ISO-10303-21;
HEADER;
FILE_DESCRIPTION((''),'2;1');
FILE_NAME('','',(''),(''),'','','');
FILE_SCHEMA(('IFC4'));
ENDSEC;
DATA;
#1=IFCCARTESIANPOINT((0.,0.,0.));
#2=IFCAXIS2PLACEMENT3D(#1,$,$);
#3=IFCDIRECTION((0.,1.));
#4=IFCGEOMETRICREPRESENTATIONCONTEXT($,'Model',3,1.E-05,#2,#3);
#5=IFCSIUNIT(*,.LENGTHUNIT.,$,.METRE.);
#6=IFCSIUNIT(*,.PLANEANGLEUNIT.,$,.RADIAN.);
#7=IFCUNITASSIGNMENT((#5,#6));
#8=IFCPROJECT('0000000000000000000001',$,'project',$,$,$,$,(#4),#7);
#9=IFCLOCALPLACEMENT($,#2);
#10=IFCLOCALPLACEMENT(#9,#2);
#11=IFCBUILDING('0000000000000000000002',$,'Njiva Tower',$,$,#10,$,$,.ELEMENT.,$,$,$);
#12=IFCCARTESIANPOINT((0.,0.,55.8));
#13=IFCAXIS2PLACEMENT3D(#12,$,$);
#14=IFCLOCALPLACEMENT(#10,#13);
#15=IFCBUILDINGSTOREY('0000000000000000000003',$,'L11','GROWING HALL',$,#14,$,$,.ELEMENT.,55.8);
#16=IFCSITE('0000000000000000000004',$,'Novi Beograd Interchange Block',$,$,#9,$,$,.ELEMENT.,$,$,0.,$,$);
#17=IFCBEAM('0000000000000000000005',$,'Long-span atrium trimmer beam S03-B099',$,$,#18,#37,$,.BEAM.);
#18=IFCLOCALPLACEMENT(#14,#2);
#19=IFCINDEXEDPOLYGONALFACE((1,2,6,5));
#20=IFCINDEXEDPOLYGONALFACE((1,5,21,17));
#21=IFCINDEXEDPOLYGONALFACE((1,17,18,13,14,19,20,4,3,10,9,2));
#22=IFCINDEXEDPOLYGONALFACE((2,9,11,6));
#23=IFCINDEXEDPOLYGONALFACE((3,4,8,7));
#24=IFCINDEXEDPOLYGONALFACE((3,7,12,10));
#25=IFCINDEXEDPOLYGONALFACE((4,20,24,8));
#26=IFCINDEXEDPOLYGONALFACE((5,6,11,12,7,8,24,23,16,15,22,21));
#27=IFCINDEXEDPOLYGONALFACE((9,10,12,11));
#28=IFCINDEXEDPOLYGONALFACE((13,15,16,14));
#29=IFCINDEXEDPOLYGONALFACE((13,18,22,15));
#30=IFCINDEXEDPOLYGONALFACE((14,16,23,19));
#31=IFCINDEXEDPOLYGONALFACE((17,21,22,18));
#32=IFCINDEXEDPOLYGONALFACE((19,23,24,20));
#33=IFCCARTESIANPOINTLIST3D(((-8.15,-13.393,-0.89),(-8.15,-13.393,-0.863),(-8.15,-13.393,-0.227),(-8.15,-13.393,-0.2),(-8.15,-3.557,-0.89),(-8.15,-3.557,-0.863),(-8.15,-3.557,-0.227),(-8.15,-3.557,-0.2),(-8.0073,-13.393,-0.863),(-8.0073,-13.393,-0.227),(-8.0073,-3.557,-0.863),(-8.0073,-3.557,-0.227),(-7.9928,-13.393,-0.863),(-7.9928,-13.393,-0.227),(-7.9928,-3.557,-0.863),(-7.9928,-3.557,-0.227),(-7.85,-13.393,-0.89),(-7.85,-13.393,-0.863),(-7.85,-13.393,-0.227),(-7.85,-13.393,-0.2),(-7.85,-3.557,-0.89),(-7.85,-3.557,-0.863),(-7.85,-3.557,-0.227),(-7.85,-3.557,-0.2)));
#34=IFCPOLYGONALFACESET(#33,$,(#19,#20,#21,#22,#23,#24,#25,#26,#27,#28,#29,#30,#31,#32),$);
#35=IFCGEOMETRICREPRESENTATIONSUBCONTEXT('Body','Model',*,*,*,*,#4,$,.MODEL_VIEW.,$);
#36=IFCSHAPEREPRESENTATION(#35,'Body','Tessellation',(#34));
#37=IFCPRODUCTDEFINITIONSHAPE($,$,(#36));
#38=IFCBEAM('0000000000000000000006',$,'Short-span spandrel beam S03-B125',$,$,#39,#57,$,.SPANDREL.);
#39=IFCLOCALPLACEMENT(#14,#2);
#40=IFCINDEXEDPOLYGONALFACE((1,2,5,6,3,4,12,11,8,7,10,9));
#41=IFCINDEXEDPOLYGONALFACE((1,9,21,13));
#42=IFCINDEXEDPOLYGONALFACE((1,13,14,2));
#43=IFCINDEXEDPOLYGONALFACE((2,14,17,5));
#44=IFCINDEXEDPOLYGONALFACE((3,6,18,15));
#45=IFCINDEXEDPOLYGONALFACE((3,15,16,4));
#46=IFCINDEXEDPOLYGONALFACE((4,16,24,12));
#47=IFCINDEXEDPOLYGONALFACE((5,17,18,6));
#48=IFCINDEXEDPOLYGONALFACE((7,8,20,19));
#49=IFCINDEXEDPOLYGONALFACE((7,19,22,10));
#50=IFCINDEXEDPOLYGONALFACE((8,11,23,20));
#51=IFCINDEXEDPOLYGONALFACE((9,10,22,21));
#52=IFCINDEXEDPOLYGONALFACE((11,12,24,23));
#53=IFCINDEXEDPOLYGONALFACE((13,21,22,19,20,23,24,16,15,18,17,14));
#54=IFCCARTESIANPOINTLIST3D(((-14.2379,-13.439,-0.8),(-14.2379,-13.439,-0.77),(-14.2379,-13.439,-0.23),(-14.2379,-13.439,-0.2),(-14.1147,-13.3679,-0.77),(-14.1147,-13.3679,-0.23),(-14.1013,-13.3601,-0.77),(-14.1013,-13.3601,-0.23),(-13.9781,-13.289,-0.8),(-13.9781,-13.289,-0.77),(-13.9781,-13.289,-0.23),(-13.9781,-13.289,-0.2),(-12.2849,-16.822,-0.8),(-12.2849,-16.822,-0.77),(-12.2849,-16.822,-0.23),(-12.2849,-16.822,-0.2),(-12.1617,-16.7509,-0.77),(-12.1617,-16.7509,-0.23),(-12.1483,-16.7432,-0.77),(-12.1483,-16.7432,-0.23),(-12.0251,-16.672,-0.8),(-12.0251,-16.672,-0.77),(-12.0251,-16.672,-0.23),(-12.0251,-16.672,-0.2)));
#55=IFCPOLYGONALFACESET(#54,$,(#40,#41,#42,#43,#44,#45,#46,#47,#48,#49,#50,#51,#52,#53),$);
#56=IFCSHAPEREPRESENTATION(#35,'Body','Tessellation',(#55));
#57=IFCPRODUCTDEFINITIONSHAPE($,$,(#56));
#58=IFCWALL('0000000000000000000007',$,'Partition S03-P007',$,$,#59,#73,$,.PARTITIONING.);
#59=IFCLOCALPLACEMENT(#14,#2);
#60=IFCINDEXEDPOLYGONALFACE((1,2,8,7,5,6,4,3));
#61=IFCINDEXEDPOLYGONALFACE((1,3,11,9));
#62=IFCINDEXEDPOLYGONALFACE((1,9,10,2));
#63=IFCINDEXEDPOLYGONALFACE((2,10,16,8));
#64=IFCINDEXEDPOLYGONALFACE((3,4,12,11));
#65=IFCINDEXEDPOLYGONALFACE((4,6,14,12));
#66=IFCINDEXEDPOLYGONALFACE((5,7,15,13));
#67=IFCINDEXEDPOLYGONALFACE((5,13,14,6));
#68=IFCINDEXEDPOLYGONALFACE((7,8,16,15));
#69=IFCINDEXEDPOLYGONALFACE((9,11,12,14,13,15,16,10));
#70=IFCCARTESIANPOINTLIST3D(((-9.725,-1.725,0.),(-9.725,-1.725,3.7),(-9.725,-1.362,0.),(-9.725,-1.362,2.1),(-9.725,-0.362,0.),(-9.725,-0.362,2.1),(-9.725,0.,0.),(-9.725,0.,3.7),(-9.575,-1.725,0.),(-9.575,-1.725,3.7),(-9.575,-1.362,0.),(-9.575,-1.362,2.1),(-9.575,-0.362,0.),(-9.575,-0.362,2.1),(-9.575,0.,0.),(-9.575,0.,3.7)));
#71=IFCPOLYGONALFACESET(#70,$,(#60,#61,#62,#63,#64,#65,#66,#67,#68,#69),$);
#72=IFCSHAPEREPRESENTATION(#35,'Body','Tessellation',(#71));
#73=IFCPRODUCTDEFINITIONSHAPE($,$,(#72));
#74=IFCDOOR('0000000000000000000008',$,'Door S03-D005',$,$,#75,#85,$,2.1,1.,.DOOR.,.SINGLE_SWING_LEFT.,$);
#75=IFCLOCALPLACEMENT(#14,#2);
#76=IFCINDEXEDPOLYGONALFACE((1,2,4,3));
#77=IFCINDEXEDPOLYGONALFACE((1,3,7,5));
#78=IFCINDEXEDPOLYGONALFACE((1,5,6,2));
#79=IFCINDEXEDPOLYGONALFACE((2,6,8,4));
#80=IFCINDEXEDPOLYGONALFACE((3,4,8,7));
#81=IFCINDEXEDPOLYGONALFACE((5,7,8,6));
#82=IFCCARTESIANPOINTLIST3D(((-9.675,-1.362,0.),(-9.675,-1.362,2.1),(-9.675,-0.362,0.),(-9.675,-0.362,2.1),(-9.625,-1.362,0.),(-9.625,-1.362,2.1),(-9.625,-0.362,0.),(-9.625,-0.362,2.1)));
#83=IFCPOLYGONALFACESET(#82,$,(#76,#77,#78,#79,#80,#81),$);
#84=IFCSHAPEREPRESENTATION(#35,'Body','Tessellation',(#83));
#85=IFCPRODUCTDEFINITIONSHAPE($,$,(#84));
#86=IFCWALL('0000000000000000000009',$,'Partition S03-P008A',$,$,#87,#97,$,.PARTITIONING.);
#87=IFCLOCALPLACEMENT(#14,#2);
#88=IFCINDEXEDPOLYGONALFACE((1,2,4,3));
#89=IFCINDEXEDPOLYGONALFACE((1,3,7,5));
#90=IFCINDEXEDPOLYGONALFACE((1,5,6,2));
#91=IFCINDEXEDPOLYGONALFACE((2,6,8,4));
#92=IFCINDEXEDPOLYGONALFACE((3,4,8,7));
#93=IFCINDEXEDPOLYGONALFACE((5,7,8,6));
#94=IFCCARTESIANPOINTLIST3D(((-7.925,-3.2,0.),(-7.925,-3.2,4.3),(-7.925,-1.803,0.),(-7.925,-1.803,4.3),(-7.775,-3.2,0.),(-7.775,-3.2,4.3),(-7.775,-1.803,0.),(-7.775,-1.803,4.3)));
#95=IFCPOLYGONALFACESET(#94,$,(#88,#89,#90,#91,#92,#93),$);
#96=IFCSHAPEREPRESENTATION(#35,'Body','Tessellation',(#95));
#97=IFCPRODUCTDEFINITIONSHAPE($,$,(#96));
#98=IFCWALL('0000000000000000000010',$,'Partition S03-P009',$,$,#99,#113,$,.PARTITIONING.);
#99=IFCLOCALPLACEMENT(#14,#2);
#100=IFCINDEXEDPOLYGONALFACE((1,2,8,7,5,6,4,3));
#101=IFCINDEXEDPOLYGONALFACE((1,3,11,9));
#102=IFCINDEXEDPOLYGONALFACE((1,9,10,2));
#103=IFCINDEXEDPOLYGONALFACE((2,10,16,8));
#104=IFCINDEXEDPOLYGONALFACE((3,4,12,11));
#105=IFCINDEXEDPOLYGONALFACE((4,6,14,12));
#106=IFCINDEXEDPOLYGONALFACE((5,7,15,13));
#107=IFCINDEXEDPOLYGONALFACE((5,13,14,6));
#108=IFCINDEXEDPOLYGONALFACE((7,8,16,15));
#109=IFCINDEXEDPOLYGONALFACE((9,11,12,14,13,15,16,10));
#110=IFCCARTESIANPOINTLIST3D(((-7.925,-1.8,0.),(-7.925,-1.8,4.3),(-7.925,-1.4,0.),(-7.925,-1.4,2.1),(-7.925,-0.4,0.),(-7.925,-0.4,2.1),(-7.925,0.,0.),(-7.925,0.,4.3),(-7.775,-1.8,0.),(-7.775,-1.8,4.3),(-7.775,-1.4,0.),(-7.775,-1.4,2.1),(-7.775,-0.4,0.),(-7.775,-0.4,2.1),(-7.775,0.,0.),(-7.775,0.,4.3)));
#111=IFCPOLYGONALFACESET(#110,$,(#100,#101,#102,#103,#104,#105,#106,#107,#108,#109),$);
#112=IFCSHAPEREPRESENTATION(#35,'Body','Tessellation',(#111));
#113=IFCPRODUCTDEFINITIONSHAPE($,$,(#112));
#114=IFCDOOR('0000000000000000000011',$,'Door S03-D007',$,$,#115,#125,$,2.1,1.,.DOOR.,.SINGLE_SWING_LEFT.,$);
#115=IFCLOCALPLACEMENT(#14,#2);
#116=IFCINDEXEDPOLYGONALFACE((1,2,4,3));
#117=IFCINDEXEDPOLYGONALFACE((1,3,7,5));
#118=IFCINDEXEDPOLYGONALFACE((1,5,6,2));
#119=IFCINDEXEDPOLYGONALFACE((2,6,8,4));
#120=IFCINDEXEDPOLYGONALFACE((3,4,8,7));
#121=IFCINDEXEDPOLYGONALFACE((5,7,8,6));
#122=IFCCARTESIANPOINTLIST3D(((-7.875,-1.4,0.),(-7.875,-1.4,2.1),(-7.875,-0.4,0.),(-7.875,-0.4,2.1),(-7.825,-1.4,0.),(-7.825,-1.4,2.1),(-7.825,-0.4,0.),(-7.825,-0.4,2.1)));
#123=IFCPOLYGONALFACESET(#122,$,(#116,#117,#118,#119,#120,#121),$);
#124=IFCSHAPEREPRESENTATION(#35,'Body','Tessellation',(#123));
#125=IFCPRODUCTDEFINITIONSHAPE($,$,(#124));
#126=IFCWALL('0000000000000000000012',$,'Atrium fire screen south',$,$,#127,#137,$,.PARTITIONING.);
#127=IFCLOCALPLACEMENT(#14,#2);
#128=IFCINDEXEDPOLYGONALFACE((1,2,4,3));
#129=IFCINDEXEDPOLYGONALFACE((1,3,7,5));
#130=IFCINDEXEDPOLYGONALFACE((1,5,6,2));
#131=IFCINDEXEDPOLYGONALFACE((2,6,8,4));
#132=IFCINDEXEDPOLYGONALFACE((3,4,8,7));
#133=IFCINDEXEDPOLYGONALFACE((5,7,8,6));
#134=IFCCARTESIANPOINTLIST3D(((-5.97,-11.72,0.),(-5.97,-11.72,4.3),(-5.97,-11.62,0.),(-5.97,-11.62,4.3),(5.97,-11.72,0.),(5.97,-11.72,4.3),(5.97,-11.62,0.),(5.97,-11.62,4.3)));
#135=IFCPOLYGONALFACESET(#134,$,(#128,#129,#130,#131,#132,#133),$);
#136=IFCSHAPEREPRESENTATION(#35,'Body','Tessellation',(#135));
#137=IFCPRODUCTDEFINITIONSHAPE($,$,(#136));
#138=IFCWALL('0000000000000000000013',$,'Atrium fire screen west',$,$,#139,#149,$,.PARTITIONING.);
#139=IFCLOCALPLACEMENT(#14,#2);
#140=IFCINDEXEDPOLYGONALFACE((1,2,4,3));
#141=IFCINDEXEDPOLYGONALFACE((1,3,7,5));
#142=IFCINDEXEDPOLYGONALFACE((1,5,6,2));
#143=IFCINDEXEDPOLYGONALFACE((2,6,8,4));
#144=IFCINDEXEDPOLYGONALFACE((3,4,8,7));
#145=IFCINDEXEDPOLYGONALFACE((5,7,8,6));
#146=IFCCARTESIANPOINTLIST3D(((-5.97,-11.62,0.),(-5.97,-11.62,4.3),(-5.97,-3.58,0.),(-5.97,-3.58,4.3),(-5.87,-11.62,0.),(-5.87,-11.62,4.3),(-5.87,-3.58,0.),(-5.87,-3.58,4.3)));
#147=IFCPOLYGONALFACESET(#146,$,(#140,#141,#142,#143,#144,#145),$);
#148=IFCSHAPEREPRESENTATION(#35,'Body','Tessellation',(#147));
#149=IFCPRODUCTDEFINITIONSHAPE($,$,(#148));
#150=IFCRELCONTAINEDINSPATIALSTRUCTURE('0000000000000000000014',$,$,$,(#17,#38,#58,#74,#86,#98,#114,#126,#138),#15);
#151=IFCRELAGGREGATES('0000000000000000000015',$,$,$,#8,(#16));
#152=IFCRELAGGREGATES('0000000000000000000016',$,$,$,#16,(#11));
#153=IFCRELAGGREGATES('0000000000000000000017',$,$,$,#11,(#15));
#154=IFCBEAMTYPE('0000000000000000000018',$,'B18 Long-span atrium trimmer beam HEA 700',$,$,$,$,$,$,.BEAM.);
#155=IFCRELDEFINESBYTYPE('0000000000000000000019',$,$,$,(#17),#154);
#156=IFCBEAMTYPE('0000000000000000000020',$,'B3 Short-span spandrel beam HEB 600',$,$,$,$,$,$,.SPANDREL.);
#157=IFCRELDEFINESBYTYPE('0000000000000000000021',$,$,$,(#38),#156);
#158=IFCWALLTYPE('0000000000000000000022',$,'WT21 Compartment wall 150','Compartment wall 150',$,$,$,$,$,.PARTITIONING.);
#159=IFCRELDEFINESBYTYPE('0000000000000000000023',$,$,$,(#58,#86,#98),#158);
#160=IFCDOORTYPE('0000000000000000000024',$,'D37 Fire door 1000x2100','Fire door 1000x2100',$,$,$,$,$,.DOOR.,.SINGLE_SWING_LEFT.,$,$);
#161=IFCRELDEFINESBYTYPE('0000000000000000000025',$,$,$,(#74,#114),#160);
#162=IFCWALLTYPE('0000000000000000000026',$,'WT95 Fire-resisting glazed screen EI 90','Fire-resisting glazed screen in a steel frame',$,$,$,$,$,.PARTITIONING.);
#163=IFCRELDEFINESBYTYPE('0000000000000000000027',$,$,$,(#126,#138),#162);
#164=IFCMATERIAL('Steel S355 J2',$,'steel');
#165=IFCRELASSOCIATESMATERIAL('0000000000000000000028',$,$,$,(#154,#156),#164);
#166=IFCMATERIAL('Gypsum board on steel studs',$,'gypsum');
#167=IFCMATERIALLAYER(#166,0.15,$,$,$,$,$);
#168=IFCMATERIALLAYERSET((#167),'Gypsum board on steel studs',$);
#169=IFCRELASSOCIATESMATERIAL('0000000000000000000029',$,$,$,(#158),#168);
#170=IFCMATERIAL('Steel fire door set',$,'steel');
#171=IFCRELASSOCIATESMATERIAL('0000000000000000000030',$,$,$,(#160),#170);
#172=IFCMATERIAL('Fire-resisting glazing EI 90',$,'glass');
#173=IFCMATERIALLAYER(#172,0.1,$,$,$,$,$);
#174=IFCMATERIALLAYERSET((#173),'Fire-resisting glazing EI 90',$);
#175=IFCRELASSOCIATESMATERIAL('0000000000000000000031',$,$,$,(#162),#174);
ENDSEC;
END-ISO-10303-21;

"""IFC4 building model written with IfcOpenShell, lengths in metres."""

from ifc_helpers import new_model, si_unit, direction, frame, frame_2d, origin, origin_2d, place, context, subcontext, project, spatial, rectangle, i_section, extrude, material, layer, layer_set, material_profile, profile_set, type_object, element, fill, save


model = new_model("IFC4")

# Units and contexts
model_context = context("Model", 3, precision=1e-05, world=origin(), true_north=direction((0.0, 1.0)))
body_context = subcontext(model_context, "Body", "Model", "MODEL_VIEW")
ifc_project = project(units=[si_unit("LENGTHUNIT", "METRE"), si_unit("PLANEANGLEUNIT", "RADIAN")], contexts=[model_context])

# Site, building, storey
site_placement = place(None, origin())
site = spatial("IfcSite", under=ifc_project, at=site_placement, Name="Novi Beograd Interchange Block", CompositionType="ELEMENT", RefElevation=0.0)
building_placement = place(site_placement, origin())
building = spatial("IfcBuilding", under=site, at=building_placement, Name="Njiva Tower", CompositionType="ELEMENT")
storey_placement = place(building_placement, frame((0.0, 0.0, 55.8)))
storey = spatial("IfcBuildingStorey", under=building, at=storey_placement, Name="L11", Description="GROWING HALL", CompositionType="ELEMENT", Elevation=55.8)

# Shared definitions
ifc_material_1 = material(Name="Steel S355 J2", Category="steel")

# Beams
ifc_material_profile_1 = material_profile(ifc_material_1, i_section(OverallWidth=0.3, OverallDepth=0.69, WebThickness=0.0145, FlangeThickness=0.027, at=origin_2d()), Name="HEA 700")
ifc_profile_set_1 = profile_set([ifc_material_profile_1], Name="Steel S355 J2")
beam_type_1 = type_object("IfcBeamType", Name="B18 Long-span atrium trimmer beam HEA 700", PredefinedType="BEAM", material=ifc_profile_set_1)
beam_1_placement = place(storey_placement, frame((-8.0, -3.557, -0.545), z_axis=(0.0, -1.0, 0.0), x_axis=(1.0, 0.0, 0.0)))
element("IfcBeam", 1, at=beam_1_placement, inside=storey, type_object=beam_type_1, Name="Long-span atrium trimmer beam S03-B099", PredefinedType="BEAM", context=body_context, shape_type="SweptSolid", body=[
    extrude(i_section(OverallWidth=0.3, OverallDepth=0.69, WebThickness=0.0145, FlangeThickness=0.027, at=origin_2d()), origin(), (0.0, 0.0, 1.0), 9.836),
])
ifc_material_profile_2 = material_profile(ifc_material_1, i_section(OverallWidth=0.3, OverallDepth=0.6, WebThickness=0.0155, FlangeThickness=0.03, at=origin_2d()), Name="HEB 600")
ifc_profile_set_2 = profile_set([ifc_material_profile_2], Name="Steel S355 J2")
beam_type_2 = type_object("IfcBeamType", Name="B3 Short-span spandrel beam HEB 600", PredefinedType="SPANDREL", material=ifc_profile_set_2)
beam_2_placement = place(storey_placement, frame((-14.108, -13.364, -0.5), z_axis=(0.499966, -0.866045, 0.0), x_axis=(0.866045, 0.499966, 0.0)))
element("IfcBeam", 2, at=beam_2_placement, inside=storey, type_object=beam_type_2, Name="Short-span spandrel beam S03-B125", PredefinedType="SPANDREL", context=body_context, shape_type="SweptSolid", body=[
    extrude(i_section(OverallWidth=0.3, OverallDepth=0.6, WebThickness=0.0155, FlangeThickness=0.03, at=origin_2d()), origin(), (0.0, 0.0, 1.0), 3.9063),
])

# Wall, opening, door
ifc_material_2 = material(Name="Gypsum board on steel studs", Category="gypsum")
ifc_layer_1 = layer(ifc_material_2, 0.15)
ifc_layer_set_1 = layer_set([ifc_layer_1], Name="Gypsum board on steel studs")
wall_type_1 = type_object("IfcWallType", Name="WT21 Compartment wall 150", Description="Compartment wall 150", PredefinedType="PARTITIONING", material=ifc_layer_set_1)
wall_1_placement = place(storey_placement, frame((-9.65, -1.725, 0.0), z_axis=(0.0, 0.0, 1.0), x_axis=(0.0, 1.0, 0.0)))
wall_1 = element("IfcWall", 3, at=wall_1_placement, inside=storey, type_object=wall_type_1, Name="Partition S03-P007", PredefinedType="PARTITIONING", context=body_context, shape_type="SweptSolid", body=[
    extrude(rectangle(XDim=1.725, YDim=0.15, at=frame_2d((0.8625, 0.0))), origin(), (0.0, 0.0, 1.0), 3.7),
])
opening_1_placement = place(wall_1_placement, frame((0.363, 0.0, 0.0)))
opening_1 = element("IfcOpeningElement", 4, at=opening_1_placement, cuts=wall_1, PredefinedType="OPENING", context=body_context, shape_type="SweptSolid", body=[
    extrude(rectangle(XDim=1.0, YDim=2.1, at=frame_2d((0.5, 1.05))), frame((0.0, 0.085, 0.0), z_axis=(0.0, -1.0, 0.0), x_axis=(1.0, 0.0, 0.0)), (0.0, 0.0, 1.0), 0.17),
])
ifc_material_3 = material(Name="Steel fire door set", Category="steel")
door_type = type_object("IfcDoorType", Name="D37 Fire door 1000x2100", Description="Fire door 1000x2100", OperationType="SINGLE_SWING_LEFT", PredefinedType="DOOR", material=ifc_material_3)
door_1_placement = place(opening_1_placement, origin())
door_1 = element("IfcDoor", 5, at=door_1_placement, inside=storey, type_object=door_type, Name="Door S03-D005", OperationType="SINGLE_SWING_LEFT", OverallHeight=2.1, OverallWidth=1.0, PredefinedType="DOOR", context=body_context, shape_type="SweptSolid", body=[
    extrude(rectangle(XDim=1.0, YDim=2.1, at=frame_2d((0.5, 1.05))), frame((0.0, 0.025, 0.0), z_axis=(0.0, -1.0, 0.0), x_axis=(1.0, 0.0, 0.0)), (0.0, 0.0, 1.0), 0.05),
])
fill(opening_1, door_1)

# Wall
wall_2_placement = place(storey_placement, frame((-7.85, -3.2, 0.0), z_axis=(0.0, 0.0, 1.0), x_axis=(0.0, 1.0, 0.0)))
element("IfcWall", 6, at=wall_2_placement, inside=storey, type_object=wall_type_1, Name="Partition S03-P008A", PredefinedType="PARTITIONING", context=body_context, shape_type="SweptSolid", body=[
    extrude(rectangle(XDim=1.397, YDim=0.15, at=frame_2d((0.6985, 0.0))), origin(), (0.0, 0.0, 1.0), 4.3),
])

# Wall, opening, door
wall_3_placement = place(storey_placement, frame((-7.85, -1.8, 0.0), z_axis=(0.0, 0.0, 1.0), x_axis=(0.0, 1.0, 0.0)))
wall_3 = element("IfcWall", 7, at=wall_3_placement, inside=storey, type_object=wall_type_1, Name="Partition S03-P009", PredefinedType="PARTITIONING", context=body_context, shape_type="SweptSolid", body=[
    extrude(rectangle(XDim=1.8, YDim=0.15, at=frame_2d((0.9, 0.0))), origin(), (0.0, 0.0, 1.0), 4.3),
])
opening_2_placement = place(wall_3_placement, frame((0.4, 0.0, 0.0)))
opening_2 = element("IfcOpeningElement", 8, at=opening_2_placement, cuts=wall_3, PredefinedType="OPENING", context=body_context, shape_type="SweptSolid", body=[
    extrude(rectangle(XDim=1.0, YDim=2.1, at=frame_2d((0.5, 1.05))), frame((0.0, 0.085, 0.0), z_axis=(0.0, -1.0, 0.0), x_axis=(1.0, 0.0, 0.0)), (0.0, 0.0, 1.0), 0.17),
])
door_2_placement = place(opening_2_placement, origin())
door_2 = element("IfcDoor", 9, at=door_2_placement, inside=storey, type_object=door_type, Name="Door S03-D007", OperationType="SINGLE_SWING_LEFT", OverallHeight=2.1, OverallWidth=1.0, PredefinedType="DOOR", context=body_context, shape_type="SweptSolid", body=[
    extrude(rectangle(XDim=1.0, YDim=2.1, at=frame_2d((0.5, 1.05))), frame((0.0, 0.025, 0.0), z_axis=(0.0, -1.0, 0.0), x_axis=(1.0, 0.0, 0.0)), (0.0, 0.0, 1.0), 0.05),
])
fill(opening_2, door_2)

# Walls
ifc_material_4 = material(Name="Fire-resisting glazing EI 90", Category="glass")
ifc_layer_2 = layer(ifc_material_4, 0.1)
ifc_layer_set_2 = layer_set([ifc_layer_2], Name="Fire-resisting glazing EI 90")
wall_type_2 = type_object("IfcWallType", Name="WT95 Fire-resisting glazed screen EI 90", Description="Fire-resisting glazed screen in a steel frame", PredefinedType="PARTITIONING", material=ifc_layer_set_2)
wall_4_placement = place(storey_placement, frame((-5.97, -11.67, 0.0), z_axis=(0.0, 0.0, 1.0), x_axis=(1.0, 0.0, 0.0)))
element("IfcWall", 10, at=wall_4_placement, inside=storey, type_object=wall_type_2, Name="Atrium fire screen south", PredefinedType="PARTITIONING", context=body_context, shape_type="SweptSolid", body=[
    extrude(rectangle(XDim=11.94, YDim=0.1, at=frame_2d((5.97, 0.0))), origin(), (0.0, 0.0, 1.0), 4.3),
])
wall_5_placement = place(storey_placement, frame((-5.92, -3.58, 0.0), z_axis=(0.0, 0.0, 1.0), x_axis=(0.0, -1.0, 0.0)))
element("IfcWall", 11, at=wall_5_placement, inside=storey, type_object=wall_type_2, Name="Atrium fire screen west", PredefinedType="PARTITIONING", context=body_context, shape_type="SweptSolid", body=[
    extrude(rectangle(XDim=8.04, YDim=0.1, at=frame_2d((4.02, 0.0))), origin(), (0.0, 0.0, 1.0), 4.3),
])

save(model, "model.ifc")
